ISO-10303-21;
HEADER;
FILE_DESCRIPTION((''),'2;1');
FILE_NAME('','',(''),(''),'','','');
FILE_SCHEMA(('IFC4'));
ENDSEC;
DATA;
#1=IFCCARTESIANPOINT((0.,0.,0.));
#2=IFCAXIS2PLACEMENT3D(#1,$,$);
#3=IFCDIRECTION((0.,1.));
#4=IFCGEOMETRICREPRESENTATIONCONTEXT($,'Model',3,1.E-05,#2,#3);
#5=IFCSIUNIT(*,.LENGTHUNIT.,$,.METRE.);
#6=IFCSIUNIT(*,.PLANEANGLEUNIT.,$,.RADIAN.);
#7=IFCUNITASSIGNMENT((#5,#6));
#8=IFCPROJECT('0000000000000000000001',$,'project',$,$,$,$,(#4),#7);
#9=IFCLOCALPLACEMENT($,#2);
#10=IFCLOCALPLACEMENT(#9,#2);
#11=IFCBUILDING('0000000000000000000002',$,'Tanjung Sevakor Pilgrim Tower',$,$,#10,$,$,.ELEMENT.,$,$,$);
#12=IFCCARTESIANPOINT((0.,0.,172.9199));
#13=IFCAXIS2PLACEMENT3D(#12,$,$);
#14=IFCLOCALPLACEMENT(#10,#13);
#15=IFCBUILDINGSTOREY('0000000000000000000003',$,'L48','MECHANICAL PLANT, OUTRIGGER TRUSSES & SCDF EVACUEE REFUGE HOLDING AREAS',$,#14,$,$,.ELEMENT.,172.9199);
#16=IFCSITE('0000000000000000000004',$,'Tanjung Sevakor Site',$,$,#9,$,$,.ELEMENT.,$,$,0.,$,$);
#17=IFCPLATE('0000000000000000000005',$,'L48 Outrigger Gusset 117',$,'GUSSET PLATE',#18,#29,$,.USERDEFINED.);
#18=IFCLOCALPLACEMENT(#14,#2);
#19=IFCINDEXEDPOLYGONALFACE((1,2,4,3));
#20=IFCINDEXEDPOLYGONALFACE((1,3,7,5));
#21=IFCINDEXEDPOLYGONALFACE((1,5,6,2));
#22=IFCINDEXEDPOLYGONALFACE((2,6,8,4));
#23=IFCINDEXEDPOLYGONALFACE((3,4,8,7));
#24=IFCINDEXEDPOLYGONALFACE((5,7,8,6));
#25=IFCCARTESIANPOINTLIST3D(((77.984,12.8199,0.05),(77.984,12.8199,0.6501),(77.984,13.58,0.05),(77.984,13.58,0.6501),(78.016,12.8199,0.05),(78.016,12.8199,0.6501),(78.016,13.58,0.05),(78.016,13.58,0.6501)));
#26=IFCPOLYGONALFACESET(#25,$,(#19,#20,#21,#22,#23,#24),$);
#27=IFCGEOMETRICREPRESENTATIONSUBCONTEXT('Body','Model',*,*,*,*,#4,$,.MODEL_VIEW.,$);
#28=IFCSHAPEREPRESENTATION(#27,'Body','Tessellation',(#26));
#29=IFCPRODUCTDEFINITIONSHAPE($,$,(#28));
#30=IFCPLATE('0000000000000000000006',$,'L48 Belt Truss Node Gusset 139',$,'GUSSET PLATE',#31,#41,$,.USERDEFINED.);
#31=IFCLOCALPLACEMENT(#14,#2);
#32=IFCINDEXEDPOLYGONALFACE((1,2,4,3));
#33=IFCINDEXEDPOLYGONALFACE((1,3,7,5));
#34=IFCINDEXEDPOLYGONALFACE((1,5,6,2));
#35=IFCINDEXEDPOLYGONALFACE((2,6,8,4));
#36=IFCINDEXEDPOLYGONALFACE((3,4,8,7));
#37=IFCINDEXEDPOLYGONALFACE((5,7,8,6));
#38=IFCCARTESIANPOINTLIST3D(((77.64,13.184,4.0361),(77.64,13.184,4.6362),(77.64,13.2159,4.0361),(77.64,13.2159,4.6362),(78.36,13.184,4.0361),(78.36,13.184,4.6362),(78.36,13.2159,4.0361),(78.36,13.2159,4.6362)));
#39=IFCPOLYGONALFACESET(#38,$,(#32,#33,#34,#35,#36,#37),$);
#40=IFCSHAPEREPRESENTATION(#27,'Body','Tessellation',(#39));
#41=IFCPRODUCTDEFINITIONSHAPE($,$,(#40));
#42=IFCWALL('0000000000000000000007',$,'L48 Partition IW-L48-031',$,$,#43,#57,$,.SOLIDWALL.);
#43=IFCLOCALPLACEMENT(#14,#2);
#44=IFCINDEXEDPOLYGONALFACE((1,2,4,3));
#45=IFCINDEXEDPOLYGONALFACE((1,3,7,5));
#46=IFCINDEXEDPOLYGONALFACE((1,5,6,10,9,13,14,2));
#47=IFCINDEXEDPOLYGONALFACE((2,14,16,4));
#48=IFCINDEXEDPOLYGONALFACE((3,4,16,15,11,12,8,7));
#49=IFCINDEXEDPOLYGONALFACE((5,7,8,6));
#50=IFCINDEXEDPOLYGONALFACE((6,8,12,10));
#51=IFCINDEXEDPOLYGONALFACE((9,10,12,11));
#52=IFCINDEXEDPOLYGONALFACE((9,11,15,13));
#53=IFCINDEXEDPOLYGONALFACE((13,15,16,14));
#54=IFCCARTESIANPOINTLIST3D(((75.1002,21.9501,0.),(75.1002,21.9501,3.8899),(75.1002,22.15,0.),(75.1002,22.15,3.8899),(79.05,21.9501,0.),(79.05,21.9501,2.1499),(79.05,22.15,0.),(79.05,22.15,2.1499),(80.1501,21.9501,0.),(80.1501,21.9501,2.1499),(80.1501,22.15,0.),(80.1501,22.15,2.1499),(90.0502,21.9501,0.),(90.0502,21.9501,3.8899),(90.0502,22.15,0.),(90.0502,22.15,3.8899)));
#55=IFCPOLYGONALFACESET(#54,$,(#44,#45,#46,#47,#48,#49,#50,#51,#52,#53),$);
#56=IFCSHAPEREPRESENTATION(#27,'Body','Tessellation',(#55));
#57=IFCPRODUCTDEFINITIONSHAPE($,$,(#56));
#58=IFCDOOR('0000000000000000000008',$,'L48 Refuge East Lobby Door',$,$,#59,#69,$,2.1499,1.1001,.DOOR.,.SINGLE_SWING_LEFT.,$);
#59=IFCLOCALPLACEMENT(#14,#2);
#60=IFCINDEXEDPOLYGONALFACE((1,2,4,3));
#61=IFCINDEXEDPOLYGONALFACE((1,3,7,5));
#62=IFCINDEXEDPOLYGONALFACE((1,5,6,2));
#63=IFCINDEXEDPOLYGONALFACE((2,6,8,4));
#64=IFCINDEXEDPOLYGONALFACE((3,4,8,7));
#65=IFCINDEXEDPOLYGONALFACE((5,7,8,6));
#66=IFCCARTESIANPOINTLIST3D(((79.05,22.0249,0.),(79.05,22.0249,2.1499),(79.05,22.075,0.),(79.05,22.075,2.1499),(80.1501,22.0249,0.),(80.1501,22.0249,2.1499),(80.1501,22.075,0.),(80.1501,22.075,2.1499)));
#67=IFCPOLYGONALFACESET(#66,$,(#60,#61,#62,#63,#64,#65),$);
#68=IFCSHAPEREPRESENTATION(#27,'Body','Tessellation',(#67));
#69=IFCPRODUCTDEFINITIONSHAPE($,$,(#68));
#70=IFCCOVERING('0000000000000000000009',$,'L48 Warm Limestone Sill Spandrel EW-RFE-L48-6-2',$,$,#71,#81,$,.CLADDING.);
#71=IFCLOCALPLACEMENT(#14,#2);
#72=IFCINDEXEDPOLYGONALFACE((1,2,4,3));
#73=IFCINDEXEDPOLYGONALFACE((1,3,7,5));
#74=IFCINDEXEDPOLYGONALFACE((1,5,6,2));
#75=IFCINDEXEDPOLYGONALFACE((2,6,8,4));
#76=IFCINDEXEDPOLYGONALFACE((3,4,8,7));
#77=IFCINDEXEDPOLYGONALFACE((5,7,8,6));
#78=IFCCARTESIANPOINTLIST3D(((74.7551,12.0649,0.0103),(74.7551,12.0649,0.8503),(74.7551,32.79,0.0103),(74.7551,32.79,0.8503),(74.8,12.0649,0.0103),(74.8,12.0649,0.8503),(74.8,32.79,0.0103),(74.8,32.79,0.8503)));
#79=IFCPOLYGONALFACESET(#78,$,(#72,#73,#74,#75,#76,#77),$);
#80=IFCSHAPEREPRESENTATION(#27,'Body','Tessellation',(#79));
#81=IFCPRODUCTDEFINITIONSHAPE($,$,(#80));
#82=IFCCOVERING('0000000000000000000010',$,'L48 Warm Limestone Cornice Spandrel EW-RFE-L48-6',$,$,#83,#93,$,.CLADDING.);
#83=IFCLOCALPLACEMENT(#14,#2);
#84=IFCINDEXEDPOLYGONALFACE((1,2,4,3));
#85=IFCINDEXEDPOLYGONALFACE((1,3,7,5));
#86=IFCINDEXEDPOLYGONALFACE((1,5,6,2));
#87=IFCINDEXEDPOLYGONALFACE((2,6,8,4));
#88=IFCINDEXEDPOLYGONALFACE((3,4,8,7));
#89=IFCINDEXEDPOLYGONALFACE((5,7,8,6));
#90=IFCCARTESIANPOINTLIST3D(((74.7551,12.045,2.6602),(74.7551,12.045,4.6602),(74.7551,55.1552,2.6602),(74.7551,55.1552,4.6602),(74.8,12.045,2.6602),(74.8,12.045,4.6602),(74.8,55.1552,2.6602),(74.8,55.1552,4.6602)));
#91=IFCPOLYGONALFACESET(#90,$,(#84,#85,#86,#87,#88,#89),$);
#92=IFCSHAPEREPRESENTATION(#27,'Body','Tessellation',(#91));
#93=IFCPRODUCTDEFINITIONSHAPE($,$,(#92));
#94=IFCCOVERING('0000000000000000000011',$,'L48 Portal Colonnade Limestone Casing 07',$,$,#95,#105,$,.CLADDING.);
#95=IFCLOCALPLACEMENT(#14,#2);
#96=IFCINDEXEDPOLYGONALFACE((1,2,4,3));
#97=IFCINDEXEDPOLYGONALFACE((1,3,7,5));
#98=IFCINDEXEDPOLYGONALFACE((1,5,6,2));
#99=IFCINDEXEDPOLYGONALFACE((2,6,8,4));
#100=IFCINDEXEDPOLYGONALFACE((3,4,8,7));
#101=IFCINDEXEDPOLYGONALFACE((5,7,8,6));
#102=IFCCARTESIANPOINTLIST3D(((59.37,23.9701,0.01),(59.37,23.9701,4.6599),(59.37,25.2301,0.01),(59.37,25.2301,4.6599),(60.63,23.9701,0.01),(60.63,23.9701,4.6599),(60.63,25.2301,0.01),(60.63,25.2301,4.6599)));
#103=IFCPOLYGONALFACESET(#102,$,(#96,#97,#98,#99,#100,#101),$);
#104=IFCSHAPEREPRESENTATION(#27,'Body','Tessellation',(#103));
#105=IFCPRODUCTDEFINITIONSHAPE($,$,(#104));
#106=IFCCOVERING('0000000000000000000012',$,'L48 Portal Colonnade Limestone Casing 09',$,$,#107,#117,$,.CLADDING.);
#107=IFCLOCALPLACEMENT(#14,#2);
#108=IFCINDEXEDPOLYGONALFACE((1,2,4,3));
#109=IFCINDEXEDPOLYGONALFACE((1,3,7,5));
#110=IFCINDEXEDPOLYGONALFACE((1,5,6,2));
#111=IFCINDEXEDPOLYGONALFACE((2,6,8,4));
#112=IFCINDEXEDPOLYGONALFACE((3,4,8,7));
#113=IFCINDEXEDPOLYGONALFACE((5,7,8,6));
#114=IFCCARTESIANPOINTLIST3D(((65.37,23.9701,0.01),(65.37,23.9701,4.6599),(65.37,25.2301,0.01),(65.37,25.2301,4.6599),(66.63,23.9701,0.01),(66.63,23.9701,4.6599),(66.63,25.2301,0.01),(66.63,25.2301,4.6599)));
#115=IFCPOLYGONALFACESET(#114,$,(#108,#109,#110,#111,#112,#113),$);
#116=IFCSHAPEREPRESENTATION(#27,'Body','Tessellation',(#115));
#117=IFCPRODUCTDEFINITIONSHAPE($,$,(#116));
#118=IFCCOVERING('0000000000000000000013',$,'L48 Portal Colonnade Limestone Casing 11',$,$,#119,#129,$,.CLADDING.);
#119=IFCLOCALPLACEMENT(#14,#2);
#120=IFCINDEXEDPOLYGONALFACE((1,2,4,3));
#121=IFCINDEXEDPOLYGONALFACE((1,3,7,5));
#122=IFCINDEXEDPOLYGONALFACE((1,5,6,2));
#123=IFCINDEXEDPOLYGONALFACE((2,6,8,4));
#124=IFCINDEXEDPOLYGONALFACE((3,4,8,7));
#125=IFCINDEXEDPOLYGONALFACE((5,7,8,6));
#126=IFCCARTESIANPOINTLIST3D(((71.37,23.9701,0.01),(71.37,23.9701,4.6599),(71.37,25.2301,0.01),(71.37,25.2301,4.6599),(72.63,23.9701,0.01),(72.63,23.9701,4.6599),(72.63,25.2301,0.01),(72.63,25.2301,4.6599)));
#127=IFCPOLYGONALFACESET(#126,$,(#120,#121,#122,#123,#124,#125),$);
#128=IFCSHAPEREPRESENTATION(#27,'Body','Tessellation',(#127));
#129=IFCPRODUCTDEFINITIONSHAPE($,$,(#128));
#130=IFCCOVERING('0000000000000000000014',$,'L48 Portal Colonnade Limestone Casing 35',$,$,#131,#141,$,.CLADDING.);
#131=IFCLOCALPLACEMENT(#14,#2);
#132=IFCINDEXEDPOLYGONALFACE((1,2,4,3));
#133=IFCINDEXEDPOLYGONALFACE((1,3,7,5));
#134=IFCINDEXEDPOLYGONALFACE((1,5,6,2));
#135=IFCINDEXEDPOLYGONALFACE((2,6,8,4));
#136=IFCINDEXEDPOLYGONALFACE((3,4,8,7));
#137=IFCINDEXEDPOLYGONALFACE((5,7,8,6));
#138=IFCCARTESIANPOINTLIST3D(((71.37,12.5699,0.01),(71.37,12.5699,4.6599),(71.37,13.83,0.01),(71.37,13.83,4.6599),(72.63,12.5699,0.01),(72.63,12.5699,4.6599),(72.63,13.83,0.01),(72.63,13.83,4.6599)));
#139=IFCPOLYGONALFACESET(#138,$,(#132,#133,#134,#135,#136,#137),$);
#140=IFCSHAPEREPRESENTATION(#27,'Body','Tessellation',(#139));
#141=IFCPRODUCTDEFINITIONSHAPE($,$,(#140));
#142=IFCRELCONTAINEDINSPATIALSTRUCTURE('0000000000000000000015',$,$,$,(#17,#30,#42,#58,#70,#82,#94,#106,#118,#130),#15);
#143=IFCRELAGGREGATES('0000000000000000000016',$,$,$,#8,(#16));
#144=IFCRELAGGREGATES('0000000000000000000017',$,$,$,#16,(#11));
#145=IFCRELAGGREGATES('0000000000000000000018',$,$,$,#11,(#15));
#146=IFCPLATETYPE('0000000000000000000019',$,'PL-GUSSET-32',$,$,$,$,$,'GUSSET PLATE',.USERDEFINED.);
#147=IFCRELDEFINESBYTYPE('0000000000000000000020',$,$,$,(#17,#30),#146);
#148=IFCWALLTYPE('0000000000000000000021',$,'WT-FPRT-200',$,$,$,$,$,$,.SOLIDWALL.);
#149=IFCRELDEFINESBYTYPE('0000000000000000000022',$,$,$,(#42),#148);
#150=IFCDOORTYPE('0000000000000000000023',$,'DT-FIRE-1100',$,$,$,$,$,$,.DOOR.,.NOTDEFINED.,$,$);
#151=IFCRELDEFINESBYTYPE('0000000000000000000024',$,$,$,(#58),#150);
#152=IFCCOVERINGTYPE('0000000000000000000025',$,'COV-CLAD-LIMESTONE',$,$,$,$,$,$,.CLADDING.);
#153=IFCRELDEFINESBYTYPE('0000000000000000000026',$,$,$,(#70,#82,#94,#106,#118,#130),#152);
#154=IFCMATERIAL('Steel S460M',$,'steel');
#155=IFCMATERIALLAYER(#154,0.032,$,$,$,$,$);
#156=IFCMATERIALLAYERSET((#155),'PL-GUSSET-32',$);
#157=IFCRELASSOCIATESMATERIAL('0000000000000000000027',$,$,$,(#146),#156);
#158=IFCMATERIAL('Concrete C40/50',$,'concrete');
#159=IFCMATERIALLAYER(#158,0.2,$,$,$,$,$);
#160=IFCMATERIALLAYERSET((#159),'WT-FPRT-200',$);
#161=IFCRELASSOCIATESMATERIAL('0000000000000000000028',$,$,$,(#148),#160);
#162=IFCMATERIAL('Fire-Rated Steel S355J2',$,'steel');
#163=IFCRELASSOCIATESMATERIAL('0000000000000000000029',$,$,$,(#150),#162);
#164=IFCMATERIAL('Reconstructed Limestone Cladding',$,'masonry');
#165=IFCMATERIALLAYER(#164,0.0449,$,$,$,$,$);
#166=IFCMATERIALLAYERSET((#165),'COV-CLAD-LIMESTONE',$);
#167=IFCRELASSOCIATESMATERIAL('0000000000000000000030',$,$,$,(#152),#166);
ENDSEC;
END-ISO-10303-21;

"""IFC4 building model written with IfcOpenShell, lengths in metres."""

from ifc_helpers import new_model, si_unit, direction, frame, frame_2d, origin, origin_2d, place, context, subcontext, project, spatial, rectangle, extrude, material, layer, layer_set, type_object, element, fill, save


model = new_model("IFC4")

# Units and contexts
model_context = context("Model", 3, precision=1e-05, world=origin(), true_north=direction((0.0, 1.0)))
body_context = subcontext(model_context, "Body", "Model", "MODEL_VIEW")
ifc_project = project(units=[si_unit("LENGTHUNIT", "METRE"), si_unit("PLANEANGLEUNIT", "RADIAN")], contexts=[model_context])

# Site, building, storey
site_placement = place(None, origin())
site = spatial("IfcSite", under=ifc_project, at=site_placement, Name="Tanjung Sevakor Site", CompositionType="ELEMENT", RefElevation=0.0)
building_placement = place(site_placement, origin())
building = spatial("IfcBuilding", under=site, at=building_placement, Name="Tanjung Sevakor Pilgrim Tower", CompositionType="ELEMENT")
storey_placement = place(building_placement, frame((0.0, 0.0, 172.9199)))
storey = spatial("IfcBuildingStorey", under=building, at=storey_placement, Name="L48", Description="MECHANICAL PLANT, OUTRIGGER TRUSSES & SCDF EVACUEE REFUGE HOLDING AREAS", CompositionType="ELEMENT", Elevation=172.9199)

# Plates
ifc_material_1 = material(Name="Steel S460M", Category="steel")
ifc_layer_1 = layer(ifc_material_1, 0.032)
ifc_layer_set_1 = layer_set([ifc_layer_1], Name="PL-GUSSET-32")
plate_type = type_object("IfcPlateType", Name="PL-GUSSET-32", ElementType="GUSSET PLATE", PredefinedType="USERDEFINED", material=ifc_layer_set_1)
plate_1_placement = place(storey_placement, frame((78.0, 13.2, 0.05), z_axis=(0.0, 0.0, 1.0), x_axis=(1.0, 0.0, 0.0)))
element("IfcPlate", 1, at=plate_1_placement, inside=storey, type_object=plate_type, Name="L48 Outrigger Gusset 117", ObjectType="GUSSET PLATE", PredefinedType="USERDEFINED", context=body_context, shape_type="SweptSolid", body=[
    extrude(rectangle(XDim=0.032, YDim=0.76, at=origin_2d()), origin(), (0.0, 0.0, 1.0), 0.6001),
])
plate_2_placement = place(storey_placement, frame((78.0, 13.2, 4.0361), z_axis=(0.0, 0.0, 1.0), x_axis=(1.0, 0.0, 0.0)))
element("IfcPlate", 2, at=plate_2_placement, inside=storey, type_object=plate_type, Name="L48 Belt Truss Node Gusset 139", ObjectType="GUSSET PLATE", PredefinedType="USERDEFINED", context=body_context, shape_type="SweptSolid", body=[
    extrude(rectangle(XDim=0.72, YDim=0.032, at=origin_2d()), origin(), (0.0, 0.0, 1.0), 0.6001),
])

# Wall, opening, door
ifc_material_2 = material(Name="Concrete C40/50", Category="concrete")
ifc_layer_2 = layer(ifc_material_2, 0.2)
ifc_layer_set_2 = layer_set([ifc_layer_2], Name="WT-FPRT-200")
wall_type = type_object("IfcWallType", Name="WT-FPRT-200", PredefinedType="SOLIDWALL", material=ifc_layer_set_2)
wall_placement = place(storey_placement, frame((75.1001, 22.05, 0.0), z_axis=(0.0, 0.0, 1.0), x_axis=(1.0, 0.0, 0.0)))
wall = element("IfcWall", 3, at=wall_placement, inside=storey, type_object=wall_type, Name="L48 Partition IW-L48-031", PredefinedType="SOLIDWALL", context=body_context, shape_type="SweptSolid", body=[
    extrude(rectangle(XDim=14.95, YDim=0.2, at=frame_2d((7.4751, 0.0))), origin(), (0.0, 0.0, 1.0), 3.8899),
])
opening_placement = place(wall_placement, frame((3.95, 0.0, 0.0)))
opening = element("IfcOpeningElement", 4, at=opening_placement, cuts=wall, PredefinedType="OPENING", context=body_context, shape_type="SweptSolid", body=[
    extrude(rectangle(XDim=1.1001, YDim=2.1499, at=frame_2d((0.55, 1.075))), frame((0.0, 0.1099, 0.0), z_axis=(0.0, -1.0, 0.0), x_axis=(1.0, 0.0, 0.0)), (0.0, 0.0, 1.0), 0.22),
])
ifc_material_3 = material(Name="Fire-Rated Steel S355J2", Category="steel")
door_type = type_object("IfcDoorType", Name="DT-FIRE-1100", OperationType="NOTDEFINED", PredefinedType="DOOR", material=ifc_material_3)
door_placement = place(opening_placement, origin())
door = element("IfcDoor", 5, at=door_placement, inside=storey, type_object=door_type, Name="L48 Refuge East Lobby Door", OperationType="SINGLE_SWING_LEFT", OverallHeight=2.1499, OverallWidth=1.1001, PredefinedType="DOOR", context=body_context, shape_type="SweptSolid", body=[
    extrude(rectangle(XDim=1.1001, YDim=2.1499, at=frame_2d((0.55, 1.075))), frame((0.0, 0.0249, 0.0), z_axis=(0.0, -1.0, 0.0), x_axis=(1.0, 0.0, 0.0)), (0.0, 0.0, 1.0), 0.05),
])
fill(opening, door)

# Coverings
ifc_material_4 = material(Name="Reconstructed Limestone Cladding", Category="masonry")
ifc_layer_3 = layer(ifc_material_4, 0.0449)
ifc_layer_set_3 = layer_set([ifc_layer_3], Name="COV-CLAD-LIMESTONE")
covering_type = type_object("IfcCoveringType", Name="COV-CLAD-LIMESTONE", PredefinedType="CLADDING", material=ifc_layer_set_3)
covering_1_placement = place(storey_placement, frame((74.7776, 22.4275, 0.0103), z_axis=(0.0, 0.0, 1.0), x_axis=(0.0, -1.0, 0.0)))
element("IfcCovering", 6, at=covering_1_placement, inside=storey, type_object=covering_type, Name="L48 Warm Limestone Sill Spandrel EW-RFE-L48-6-2", PredefinedType="CLADDING", context=body_context, shape_type="SweptSolid", body=[
    extrude(rectangle(XDim=20.7251, YDim=0.0449, at=origin_2d()), origin(), (0.0, 0.0, 1.0), 0.8401),
])
covering_2_placement = place(storey_placement, frame((74.7776, 33.6001, 2.6602), z_axis=(0.0, 0.0, 1.0), x_axis=(0.0, -1.0, 0.0)))
element("IfcCovering", 7, at=covering_2_placement, inside=storey, type_object=covering_type, Name="L48 Warm Limestone Cornice Spandrel EW-RFE-L48-6", PredefinedType="CLADDING", context=body_context, shape_type="SweptSolid", body=[
    extrude(rectangle(XDim=43.1101, YDim=0.0449, at=origin_2d()), origin(), (0.0, 0.0, 1.0), 2.0),
])
for number, where, z_axis, x_axis, name in (
    (8, (60.0, 24.6001, 0.01), (0.0, 0.0, 1.0), (1.0, 0.0, 0.0), "L48 Portal Colonnade Limestone Casing 07"),
    (9, (66.0, 24.6001, 0.01), (0.0, 0.0, 1.0), (1.0, 0.0, 0.0), "L48 Portal Colonnade Limestone Casing 09"),
    (10, (72.0, 24.6001, 0.01), (0.0, 0.0, 1.0), (1.0, 0.0, 0.0), "L48 Portal Colonnade Limestone Casing 11"),
    (11, (72.0, 13.2, 0.01), (0.0, 0.0, 1.0), (1.0, 0.0, 0.0), "L48 Portal Colonnade Limestone Casing 35"),
):
    element("IfcCovering", number, at=place(storey_placement, frame(where, z_axis=z_axis, x_axis=x_axis)), inside=storey, type_object=covering_type, Name=name, PredefinedType="CLADDING", context=body_context, shape_type="SweptSolid", body=[
        extrude(rectangle(XDim=1.26, YDim=1.26, at=origin_2d()), origin(), (0.0, 0.0, 1.0), 4.6499),
    ])

save(model, "model.ifc")
